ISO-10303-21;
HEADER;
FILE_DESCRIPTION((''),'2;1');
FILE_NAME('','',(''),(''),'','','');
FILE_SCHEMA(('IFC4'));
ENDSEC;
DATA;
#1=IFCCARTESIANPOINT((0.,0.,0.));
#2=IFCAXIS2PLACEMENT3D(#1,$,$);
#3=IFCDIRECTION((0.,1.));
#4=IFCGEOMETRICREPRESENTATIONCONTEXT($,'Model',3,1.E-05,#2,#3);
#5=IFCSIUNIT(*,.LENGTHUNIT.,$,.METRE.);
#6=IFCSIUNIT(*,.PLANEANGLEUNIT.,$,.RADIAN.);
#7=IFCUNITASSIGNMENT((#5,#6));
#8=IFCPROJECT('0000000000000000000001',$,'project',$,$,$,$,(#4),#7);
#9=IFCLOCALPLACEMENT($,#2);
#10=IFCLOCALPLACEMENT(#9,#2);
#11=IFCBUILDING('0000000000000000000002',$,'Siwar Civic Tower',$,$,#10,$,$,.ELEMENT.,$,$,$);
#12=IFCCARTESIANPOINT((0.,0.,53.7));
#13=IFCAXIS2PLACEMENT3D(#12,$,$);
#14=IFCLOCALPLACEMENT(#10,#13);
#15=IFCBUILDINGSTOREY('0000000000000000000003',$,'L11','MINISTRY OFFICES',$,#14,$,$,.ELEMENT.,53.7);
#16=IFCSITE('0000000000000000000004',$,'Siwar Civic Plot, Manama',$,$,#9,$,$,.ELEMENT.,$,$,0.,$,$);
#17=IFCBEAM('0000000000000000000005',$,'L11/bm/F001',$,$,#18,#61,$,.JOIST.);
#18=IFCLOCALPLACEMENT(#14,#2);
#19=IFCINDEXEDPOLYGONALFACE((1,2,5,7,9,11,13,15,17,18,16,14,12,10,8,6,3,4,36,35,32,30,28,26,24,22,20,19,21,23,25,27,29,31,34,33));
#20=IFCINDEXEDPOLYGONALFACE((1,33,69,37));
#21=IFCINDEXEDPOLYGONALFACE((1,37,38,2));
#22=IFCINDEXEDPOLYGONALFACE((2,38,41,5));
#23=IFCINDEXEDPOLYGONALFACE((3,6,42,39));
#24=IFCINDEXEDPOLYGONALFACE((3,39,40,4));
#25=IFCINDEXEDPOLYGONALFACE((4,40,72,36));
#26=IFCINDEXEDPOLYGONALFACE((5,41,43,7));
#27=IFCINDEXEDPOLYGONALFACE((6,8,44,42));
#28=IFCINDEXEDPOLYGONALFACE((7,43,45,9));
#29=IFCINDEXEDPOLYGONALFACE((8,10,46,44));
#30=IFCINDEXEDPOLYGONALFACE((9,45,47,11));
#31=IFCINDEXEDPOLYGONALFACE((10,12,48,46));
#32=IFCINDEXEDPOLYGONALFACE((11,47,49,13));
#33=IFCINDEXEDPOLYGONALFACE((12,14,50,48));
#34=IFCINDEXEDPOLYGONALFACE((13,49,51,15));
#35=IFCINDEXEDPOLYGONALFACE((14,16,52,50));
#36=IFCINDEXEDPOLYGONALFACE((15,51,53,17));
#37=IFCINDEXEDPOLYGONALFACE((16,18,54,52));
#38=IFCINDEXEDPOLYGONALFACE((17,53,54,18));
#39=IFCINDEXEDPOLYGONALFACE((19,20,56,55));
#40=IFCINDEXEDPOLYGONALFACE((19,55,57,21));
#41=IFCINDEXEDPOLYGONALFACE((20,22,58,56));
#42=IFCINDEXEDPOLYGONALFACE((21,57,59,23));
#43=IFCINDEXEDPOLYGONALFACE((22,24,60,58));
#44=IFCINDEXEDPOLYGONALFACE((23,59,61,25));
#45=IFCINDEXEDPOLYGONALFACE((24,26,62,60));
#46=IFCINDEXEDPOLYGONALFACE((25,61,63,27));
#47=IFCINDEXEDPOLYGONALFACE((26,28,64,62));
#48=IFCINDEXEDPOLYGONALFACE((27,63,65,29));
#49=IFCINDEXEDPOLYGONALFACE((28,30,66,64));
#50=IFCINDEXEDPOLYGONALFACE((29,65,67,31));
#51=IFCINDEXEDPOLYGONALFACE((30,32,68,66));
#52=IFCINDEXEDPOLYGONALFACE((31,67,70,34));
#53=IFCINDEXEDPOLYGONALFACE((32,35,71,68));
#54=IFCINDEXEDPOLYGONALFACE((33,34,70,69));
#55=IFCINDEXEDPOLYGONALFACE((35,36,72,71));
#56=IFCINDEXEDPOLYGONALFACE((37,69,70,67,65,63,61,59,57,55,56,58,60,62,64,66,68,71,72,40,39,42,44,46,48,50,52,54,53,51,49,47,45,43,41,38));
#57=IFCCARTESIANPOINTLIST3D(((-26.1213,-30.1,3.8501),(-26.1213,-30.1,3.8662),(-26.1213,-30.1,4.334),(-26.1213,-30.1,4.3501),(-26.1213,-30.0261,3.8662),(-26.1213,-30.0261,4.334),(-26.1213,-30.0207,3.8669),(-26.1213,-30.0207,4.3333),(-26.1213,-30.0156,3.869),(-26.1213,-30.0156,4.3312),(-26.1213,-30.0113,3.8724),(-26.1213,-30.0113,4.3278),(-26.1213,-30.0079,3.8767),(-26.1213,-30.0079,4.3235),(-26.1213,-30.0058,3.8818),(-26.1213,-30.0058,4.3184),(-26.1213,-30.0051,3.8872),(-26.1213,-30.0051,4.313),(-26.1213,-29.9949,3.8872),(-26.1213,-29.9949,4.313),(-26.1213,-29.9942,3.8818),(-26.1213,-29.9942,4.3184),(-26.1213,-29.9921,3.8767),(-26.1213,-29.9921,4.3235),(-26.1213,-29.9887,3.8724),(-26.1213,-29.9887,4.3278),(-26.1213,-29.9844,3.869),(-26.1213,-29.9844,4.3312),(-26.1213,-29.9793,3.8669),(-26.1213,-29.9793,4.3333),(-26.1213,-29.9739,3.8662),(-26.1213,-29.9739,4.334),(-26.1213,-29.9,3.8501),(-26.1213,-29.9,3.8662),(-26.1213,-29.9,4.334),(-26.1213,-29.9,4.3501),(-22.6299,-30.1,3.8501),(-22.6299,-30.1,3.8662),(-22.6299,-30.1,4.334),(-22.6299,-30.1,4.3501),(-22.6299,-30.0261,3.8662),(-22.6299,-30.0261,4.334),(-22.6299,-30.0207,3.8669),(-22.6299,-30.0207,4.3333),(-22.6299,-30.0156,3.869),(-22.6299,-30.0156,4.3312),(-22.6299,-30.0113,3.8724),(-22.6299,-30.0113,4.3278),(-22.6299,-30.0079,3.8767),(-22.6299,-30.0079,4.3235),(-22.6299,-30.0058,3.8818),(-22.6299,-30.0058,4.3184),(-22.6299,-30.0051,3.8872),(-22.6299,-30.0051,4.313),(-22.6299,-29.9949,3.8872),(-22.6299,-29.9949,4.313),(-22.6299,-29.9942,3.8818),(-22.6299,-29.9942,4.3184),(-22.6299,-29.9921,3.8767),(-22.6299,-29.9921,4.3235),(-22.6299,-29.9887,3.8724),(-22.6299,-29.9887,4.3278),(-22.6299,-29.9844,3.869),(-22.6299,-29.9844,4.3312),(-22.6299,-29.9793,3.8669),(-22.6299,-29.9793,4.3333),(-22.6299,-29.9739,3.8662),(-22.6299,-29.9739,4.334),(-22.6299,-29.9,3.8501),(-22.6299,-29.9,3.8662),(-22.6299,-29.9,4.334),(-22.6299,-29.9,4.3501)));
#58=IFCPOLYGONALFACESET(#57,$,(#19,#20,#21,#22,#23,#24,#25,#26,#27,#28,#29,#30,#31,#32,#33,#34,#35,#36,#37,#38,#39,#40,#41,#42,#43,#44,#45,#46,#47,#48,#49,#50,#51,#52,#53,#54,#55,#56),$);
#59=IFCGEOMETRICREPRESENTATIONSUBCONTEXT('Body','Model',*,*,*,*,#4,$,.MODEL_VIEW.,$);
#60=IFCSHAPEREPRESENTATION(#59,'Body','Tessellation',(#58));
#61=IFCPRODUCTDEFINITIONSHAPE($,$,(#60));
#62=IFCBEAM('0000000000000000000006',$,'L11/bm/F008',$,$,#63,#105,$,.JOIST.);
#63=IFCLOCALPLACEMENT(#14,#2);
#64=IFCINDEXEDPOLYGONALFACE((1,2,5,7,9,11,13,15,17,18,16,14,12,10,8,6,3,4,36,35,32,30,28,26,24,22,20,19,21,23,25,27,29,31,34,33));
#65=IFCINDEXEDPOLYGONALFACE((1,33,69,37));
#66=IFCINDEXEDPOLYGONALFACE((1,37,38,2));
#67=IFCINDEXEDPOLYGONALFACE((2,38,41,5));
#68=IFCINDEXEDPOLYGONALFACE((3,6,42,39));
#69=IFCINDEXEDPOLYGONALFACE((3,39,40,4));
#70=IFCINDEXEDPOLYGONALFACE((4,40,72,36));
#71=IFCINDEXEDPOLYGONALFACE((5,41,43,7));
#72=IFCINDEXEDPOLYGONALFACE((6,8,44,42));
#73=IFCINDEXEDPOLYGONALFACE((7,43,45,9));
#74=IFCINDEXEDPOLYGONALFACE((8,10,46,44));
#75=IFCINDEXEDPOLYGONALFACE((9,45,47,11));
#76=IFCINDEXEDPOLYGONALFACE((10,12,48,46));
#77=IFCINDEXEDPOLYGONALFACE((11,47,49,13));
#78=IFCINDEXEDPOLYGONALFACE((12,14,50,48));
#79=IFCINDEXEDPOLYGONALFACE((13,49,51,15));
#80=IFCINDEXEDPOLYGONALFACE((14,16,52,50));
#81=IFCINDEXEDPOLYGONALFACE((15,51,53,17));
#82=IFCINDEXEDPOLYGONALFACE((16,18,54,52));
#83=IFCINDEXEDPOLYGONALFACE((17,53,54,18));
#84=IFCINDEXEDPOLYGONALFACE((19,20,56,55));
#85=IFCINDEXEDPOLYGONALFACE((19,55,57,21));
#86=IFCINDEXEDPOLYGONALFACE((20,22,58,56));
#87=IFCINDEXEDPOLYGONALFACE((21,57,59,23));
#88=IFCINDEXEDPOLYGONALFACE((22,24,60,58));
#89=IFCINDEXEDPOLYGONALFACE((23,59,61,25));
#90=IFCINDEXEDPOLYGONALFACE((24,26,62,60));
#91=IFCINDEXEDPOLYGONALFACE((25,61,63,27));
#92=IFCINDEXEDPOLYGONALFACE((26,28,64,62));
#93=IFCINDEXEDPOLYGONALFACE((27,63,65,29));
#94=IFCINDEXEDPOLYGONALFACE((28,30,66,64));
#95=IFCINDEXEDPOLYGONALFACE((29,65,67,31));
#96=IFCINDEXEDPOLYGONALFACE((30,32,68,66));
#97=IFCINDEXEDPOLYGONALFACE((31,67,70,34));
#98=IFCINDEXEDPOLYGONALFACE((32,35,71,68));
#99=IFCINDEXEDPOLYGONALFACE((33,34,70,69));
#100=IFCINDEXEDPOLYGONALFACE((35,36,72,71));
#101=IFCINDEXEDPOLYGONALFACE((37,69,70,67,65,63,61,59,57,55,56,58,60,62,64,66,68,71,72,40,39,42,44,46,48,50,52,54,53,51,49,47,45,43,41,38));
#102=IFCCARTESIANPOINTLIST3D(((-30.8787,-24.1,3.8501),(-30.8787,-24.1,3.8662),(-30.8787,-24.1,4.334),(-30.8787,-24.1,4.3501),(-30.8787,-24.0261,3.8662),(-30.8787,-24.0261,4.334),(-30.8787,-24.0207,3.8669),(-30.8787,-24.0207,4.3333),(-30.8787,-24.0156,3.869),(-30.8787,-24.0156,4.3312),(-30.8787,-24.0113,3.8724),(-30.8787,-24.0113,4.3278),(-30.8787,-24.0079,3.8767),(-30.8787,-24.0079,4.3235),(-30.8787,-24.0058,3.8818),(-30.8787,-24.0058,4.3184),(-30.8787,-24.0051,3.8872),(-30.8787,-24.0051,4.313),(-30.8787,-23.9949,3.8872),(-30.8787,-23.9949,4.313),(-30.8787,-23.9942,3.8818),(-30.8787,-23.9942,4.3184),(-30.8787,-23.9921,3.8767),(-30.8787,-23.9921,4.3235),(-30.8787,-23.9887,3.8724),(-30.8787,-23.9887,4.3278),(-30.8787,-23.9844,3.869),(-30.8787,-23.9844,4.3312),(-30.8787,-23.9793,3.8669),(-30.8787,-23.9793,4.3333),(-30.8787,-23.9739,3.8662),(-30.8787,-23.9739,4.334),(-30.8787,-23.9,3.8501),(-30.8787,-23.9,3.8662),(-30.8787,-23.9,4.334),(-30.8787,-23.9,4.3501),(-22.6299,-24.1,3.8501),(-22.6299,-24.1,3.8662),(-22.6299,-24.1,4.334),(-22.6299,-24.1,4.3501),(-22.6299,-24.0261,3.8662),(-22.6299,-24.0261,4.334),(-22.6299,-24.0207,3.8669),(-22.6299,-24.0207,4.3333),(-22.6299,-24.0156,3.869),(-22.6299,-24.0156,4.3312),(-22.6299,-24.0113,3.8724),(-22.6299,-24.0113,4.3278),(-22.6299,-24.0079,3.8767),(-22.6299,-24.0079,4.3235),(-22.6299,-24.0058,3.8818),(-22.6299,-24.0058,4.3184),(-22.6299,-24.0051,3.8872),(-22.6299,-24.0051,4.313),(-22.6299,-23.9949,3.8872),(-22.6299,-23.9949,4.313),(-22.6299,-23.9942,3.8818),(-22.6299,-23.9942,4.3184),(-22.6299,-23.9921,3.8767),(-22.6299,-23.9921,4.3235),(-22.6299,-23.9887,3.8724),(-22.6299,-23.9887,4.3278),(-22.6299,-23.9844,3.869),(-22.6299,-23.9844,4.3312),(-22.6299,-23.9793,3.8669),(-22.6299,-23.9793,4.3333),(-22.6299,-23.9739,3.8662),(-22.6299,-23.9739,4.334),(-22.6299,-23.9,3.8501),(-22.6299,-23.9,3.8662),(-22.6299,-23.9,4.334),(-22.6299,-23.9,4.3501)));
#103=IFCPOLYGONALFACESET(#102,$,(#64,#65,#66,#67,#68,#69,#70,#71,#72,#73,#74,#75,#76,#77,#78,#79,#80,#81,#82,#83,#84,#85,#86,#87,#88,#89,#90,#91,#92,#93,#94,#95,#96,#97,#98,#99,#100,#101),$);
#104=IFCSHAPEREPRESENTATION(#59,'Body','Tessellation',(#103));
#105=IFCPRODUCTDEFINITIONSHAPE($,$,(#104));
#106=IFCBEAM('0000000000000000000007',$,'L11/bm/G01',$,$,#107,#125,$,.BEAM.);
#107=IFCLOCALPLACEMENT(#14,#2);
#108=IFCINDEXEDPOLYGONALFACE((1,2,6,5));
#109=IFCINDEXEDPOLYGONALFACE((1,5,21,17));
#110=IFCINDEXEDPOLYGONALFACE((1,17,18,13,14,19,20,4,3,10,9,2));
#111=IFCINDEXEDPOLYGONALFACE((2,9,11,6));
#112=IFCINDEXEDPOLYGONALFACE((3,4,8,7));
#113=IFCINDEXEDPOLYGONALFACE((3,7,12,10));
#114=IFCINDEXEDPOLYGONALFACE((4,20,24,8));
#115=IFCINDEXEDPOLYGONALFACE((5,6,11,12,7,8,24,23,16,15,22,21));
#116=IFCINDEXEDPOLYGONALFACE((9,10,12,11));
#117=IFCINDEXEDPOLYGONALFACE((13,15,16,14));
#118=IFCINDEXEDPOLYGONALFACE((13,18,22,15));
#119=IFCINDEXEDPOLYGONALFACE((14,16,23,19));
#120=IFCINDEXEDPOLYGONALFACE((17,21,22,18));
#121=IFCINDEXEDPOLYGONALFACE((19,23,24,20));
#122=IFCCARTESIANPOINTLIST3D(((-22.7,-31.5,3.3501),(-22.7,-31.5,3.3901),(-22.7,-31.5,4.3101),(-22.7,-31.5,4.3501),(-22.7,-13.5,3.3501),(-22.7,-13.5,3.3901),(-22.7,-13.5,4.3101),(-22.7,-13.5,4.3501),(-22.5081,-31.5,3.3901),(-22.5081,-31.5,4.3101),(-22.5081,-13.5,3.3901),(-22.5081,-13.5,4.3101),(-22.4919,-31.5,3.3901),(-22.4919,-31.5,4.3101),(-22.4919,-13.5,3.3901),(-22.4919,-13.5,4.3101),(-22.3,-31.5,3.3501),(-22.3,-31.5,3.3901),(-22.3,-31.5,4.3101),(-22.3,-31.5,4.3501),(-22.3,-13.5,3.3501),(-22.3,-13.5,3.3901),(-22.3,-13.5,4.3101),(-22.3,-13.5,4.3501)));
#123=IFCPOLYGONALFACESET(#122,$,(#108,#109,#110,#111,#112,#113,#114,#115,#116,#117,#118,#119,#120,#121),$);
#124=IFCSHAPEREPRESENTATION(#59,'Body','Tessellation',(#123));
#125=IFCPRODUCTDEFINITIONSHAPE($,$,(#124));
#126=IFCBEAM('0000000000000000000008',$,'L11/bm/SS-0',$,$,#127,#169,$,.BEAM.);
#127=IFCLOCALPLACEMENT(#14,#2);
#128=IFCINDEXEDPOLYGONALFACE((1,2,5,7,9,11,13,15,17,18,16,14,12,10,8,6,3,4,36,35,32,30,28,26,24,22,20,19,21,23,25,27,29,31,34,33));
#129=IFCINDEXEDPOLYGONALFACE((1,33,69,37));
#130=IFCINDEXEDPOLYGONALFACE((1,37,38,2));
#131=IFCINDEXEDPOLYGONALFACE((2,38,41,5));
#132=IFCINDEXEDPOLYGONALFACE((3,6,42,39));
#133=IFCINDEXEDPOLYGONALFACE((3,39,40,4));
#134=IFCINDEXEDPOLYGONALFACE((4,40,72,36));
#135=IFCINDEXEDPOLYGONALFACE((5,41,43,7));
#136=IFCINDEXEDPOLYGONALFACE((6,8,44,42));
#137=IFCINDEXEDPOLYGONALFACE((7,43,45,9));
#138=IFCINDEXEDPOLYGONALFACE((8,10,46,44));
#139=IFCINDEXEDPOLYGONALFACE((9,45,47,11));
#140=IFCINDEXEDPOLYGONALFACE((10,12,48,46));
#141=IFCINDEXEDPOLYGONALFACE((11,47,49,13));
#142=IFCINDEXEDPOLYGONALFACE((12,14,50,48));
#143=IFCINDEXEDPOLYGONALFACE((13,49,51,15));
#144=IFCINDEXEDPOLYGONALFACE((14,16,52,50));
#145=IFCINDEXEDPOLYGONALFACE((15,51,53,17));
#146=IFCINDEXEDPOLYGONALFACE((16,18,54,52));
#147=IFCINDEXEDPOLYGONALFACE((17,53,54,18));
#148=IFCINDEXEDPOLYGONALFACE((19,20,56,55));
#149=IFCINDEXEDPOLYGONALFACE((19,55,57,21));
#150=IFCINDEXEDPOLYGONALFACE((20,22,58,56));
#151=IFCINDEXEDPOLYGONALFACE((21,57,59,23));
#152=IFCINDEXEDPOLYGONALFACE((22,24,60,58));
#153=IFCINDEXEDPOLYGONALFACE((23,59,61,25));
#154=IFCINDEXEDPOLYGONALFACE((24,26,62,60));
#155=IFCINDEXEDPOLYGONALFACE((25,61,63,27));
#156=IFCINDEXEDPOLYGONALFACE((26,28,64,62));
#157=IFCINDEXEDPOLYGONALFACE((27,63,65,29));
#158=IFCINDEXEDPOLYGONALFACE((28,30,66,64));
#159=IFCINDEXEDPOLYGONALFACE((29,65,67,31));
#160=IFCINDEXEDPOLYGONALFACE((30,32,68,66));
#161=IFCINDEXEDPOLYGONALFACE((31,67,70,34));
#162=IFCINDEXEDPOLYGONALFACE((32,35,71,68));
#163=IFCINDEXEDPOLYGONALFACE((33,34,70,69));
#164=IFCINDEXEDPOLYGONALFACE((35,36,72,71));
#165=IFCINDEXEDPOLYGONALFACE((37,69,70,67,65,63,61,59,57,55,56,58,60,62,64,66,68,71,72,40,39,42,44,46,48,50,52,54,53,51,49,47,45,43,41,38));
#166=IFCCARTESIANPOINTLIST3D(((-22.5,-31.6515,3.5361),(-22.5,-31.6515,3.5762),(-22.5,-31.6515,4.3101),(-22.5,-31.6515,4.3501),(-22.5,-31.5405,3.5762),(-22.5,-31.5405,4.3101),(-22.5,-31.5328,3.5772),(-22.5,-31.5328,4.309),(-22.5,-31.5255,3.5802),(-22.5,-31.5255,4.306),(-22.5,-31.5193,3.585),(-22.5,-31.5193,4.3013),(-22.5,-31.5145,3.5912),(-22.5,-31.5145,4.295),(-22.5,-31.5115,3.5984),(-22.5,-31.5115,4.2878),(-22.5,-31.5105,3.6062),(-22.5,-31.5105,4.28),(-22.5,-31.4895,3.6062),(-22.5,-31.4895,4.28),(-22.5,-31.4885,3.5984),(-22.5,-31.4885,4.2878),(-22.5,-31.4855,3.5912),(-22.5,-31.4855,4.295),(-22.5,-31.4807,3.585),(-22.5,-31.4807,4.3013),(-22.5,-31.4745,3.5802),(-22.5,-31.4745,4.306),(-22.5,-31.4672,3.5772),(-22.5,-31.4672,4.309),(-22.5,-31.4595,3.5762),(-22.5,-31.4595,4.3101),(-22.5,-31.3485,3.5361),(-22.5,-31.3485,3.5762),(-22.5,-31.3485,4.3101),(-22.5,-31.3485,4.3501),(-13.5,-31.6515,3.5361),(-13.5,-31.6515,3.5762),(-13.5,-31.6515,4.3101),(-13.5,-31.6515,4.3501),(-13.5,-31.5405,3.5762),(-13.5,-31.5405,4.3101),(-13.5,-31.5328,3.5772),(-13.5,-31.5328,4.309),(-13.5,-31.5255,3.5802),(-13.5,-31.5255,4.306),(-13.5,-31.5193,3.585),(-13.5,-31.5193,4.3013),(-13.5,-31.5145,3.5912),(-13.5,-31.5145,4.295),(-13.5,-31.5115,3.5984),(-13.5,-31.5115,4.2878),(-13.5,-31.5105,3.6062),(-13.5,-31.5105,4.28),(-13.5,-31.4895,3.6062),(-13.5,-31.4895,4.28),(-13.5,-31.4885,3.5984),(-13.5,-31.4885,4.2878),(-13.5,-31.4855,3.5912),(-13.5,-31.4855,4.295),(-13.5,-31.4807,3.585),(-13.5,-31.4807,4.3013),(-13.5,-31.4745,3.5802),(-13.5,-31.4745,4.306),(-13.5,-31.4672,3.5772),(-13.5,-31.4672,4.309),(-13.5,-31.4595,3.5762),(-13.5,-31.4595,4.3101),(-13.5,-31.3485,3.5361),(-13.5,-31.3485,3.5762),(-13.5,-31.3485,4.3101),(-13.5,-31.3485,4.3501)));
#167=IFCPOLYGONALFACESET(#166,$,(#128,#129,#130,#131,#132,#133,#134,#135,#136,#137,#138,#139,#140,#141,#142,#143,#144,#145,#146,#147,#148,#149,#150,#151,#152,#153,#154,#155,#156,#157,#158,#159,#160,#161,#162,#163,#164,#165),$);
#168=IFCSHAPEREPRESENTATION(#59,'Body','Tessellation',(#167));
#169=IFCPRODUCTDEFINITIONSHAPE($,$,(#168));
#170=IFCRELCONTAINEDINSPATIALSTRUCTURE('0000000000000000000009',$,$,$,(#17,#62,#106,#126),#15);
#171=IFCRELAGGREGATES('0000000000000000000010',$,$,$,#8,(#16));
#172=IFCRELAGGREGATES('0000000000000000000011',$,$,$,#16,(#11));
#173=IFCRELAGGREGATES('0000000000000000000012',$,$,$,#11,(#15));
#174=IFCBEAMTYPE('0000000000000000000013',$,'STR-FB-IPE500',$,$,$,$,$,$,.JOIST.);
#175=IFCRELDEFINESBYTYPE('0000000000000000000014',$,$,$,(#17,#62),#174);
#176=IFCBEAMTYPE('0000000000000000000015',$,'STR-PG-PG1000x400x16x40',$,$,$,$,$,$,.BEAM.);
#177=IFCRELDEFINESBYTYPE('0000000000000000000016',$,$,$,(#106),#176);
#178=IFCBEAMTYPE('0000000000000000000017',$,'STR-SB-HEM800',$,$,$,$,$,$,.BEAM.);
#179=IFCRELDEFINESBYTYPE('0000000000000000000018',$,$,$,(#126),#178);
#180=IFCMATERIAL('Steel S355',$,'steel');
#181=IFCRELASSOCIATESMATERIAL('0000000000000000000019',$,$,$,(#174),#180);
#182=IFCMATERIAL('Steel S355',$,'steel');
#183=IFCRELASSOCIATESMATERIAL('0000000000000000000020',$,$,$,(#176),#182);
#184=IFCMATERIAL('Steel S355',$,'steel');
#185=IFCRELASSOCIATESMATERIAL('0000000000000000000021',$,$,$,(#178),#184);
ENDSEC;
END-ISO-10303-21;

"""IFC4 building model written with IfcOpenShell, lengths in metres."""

from ifc_helpers import new_model, si_unit, direction, frame, origin, origin_2d, place, context, subcontext, project, spatial, i_section, extrude, material, material_profile, profile_set, type_object, element, save


model = new_model("IFC4")

# Units and contexts
model_context = context("Model", 3, precision=1e-05, world=origin(), true_north=direction((0.0, 1.0)))
body_context = subcontext(model_context, "Body", "Model", "MODEL_VIEW")
ifc_project = project(units=[si_unit("LENGTHUNIT", "METRE"), si_unit("PLANEANGLEUNIT", "RADIAN")], contexts=[model_context])

# Site, building, storey
site_placement = place(None, origin())
site = spatial("IfcSite", under=ifc_project, at=site_placement, Name="Siwar Civic Plot, Manama", CompositionType="ELEMENT", RefElevation=0.0)
building_placement = place(site_placement, origin())
building = spatial("IfcBuilding", under=site, at=building_placement, Name="Siwar Civic Tower", CompositionType="ELEMENT")
storey_placement = place(building_placement, frame((0.0, 0.0, 53.7)))
storey = spatial("IfcBuildingStorey", under=building, at=storey_placement, Name="L11", Description="MINISTRY OFFICES", CompositionType="ELEMENT", Elevation=53.7)

# Beams
ifc_material_1 = material(Name="Steel S355", Category="steel")
ifc_material_profile_1 = material_profile(ifc_material_1, i_section(OverallWidth=0.2, OverallDepth=0.5, WebThickness=0.0103, FlangeThickness=0.0161, FilletRadius=0.021, at=origin_2d()), Name="IPE500")
ifc_profile_set_1 = profile_set([ifc_material_profile_1], Name="Steel S355")
beam_type_1 = type_object("IfcBeamType", Name="STR-FB-IPE500", PredefinedType="JOIST", material=ifc_profile_set_1)
beam_1_placement = place(storey_placement, frame((-26.1213, -30.0, 4.1001), z_axis=(1.0, 0.0, 0.0), x_axis=(0.0, 1.0, 0.0)))
element("IfcBeam", 1, at=beam_1_placement, inside=storey, type_object=beam_type_1, Name="L11/bm/F001", PredefinedType="JOIST", context=body_context, shape_type="SweptSolid", body=[
    extrude(i_section(OverallWidth=0.2, OverallDepth=0.5, WebThickness=0.0103, FlangeThickness=0.0161, FilletRadius=0.021, at=origin_2d()), origin(), (0.0, 0.0, 1.0), 3.4915),
])
beam_2_placement = place(storey_placement, frame((-30.8787, -24.0, 4.1001), z_axis=(1.0, 0.0, 0.0), x_axis=(0.0, 1.0, 0.0)))
element("IfcBeam", 2, at=beam_2_placement, inside=storey, type_object=beam_type_1, Name="L11/bm/F008", PredefinedType="JOIST", context=body_context, shape_type="SweptSolid", body=[
    extrude(i_section(OverallWidth=0.2, OverallDepth=0.5, WebThickness=0.0103, FlangeThickness=0.0161, FilletRadius=0.021, at=origin_2d()), origin(), (0.0, 0.0, 1.0), 8.2488),
])
ifc_material_2 = material(Name="Steel S355", Category="steel")
ifc_material_profile_2 = material_profile(ifc_material_2, i_section(OverallWidth=0.3999, OverallDepth=1.0, WebThickness=0.0161, FlangeThickness=0.04, at=origin_2d()), Name="PG1000x400x16x40")
ifc_profile_set_2 = profile_set([ifc_material_profile_2], Name="Steel S355")
beam_type_2 = type_object("IfcBeamType", Name="STR-PG-PG1000x400x16x40", PredefinedType="BEAM", material=ifc_profile_set_2)
beam_3_placement = place(storey_placement, frame((-22.5, -31.5, 3.8501), z_axis=(0.0, 1.0, 0.0), x_axis=(-1.0, 0.0, 0.0)))
element("IfcBeam", 3, at=beam_3_placement, inside=storey, type_object=beam_type_2, Name="L11/bm/G01", PredefinedType="BEAM", context=body_context, shape_type="SweptSolid", body=[
    extrude(i_section(OverallWidth=0.3999, OverallDepth=1.0, WebThickness=0.0161, FlangeThickness=0.04, at=origin_2d()), origin(), (0.0, 0.0, 1.0), 18.0),
])
ifc_material_3 = material(Name="Steel S355", Category="steel")
ifc_material_profile_3 = material_profile(ifc_material_3, i_section(OverallWidth=0.303, OverallDepth=0.814, WebThickness=0.021, FlangeThickness=0.04, FilletRadius=0.03, at=origin_2d()), Name="HEM800")
ifc_profile_set_3 = profile_set([ifc_material_profile_3], Name="Steel S355")
beam_type_3 = type_object("IfcBeamType", Name="STR-SB-HEM800", PredefinedType="BEAM", material=ifc_profile_set_3)
beam_4_placement = place(storey_placement, frame((-22.5, -31.5, 3.9431), z_axis=(1.0, 0.0, 0.0), x_axis=(0.0, 1.0, 0.0)))
element("IfcBeam", 4, at=beam_4_placement, inside=storey, type_object=beam_type_3, Name="L11/bm/SS-0", PredefinedType="BEAM", context=body_context, shape_type="SweptSolid", body=[
    extrude(i_section(OverallWidth=0.303, OverallDepth=0.814, WebThickness=0.021, FlangeThickness=0.04, FilletRadius=0.03, at=origin_2d()), origin(), (0.0, 0.0, 1.0), 9.0),
])

save(model, "model.ifc")
